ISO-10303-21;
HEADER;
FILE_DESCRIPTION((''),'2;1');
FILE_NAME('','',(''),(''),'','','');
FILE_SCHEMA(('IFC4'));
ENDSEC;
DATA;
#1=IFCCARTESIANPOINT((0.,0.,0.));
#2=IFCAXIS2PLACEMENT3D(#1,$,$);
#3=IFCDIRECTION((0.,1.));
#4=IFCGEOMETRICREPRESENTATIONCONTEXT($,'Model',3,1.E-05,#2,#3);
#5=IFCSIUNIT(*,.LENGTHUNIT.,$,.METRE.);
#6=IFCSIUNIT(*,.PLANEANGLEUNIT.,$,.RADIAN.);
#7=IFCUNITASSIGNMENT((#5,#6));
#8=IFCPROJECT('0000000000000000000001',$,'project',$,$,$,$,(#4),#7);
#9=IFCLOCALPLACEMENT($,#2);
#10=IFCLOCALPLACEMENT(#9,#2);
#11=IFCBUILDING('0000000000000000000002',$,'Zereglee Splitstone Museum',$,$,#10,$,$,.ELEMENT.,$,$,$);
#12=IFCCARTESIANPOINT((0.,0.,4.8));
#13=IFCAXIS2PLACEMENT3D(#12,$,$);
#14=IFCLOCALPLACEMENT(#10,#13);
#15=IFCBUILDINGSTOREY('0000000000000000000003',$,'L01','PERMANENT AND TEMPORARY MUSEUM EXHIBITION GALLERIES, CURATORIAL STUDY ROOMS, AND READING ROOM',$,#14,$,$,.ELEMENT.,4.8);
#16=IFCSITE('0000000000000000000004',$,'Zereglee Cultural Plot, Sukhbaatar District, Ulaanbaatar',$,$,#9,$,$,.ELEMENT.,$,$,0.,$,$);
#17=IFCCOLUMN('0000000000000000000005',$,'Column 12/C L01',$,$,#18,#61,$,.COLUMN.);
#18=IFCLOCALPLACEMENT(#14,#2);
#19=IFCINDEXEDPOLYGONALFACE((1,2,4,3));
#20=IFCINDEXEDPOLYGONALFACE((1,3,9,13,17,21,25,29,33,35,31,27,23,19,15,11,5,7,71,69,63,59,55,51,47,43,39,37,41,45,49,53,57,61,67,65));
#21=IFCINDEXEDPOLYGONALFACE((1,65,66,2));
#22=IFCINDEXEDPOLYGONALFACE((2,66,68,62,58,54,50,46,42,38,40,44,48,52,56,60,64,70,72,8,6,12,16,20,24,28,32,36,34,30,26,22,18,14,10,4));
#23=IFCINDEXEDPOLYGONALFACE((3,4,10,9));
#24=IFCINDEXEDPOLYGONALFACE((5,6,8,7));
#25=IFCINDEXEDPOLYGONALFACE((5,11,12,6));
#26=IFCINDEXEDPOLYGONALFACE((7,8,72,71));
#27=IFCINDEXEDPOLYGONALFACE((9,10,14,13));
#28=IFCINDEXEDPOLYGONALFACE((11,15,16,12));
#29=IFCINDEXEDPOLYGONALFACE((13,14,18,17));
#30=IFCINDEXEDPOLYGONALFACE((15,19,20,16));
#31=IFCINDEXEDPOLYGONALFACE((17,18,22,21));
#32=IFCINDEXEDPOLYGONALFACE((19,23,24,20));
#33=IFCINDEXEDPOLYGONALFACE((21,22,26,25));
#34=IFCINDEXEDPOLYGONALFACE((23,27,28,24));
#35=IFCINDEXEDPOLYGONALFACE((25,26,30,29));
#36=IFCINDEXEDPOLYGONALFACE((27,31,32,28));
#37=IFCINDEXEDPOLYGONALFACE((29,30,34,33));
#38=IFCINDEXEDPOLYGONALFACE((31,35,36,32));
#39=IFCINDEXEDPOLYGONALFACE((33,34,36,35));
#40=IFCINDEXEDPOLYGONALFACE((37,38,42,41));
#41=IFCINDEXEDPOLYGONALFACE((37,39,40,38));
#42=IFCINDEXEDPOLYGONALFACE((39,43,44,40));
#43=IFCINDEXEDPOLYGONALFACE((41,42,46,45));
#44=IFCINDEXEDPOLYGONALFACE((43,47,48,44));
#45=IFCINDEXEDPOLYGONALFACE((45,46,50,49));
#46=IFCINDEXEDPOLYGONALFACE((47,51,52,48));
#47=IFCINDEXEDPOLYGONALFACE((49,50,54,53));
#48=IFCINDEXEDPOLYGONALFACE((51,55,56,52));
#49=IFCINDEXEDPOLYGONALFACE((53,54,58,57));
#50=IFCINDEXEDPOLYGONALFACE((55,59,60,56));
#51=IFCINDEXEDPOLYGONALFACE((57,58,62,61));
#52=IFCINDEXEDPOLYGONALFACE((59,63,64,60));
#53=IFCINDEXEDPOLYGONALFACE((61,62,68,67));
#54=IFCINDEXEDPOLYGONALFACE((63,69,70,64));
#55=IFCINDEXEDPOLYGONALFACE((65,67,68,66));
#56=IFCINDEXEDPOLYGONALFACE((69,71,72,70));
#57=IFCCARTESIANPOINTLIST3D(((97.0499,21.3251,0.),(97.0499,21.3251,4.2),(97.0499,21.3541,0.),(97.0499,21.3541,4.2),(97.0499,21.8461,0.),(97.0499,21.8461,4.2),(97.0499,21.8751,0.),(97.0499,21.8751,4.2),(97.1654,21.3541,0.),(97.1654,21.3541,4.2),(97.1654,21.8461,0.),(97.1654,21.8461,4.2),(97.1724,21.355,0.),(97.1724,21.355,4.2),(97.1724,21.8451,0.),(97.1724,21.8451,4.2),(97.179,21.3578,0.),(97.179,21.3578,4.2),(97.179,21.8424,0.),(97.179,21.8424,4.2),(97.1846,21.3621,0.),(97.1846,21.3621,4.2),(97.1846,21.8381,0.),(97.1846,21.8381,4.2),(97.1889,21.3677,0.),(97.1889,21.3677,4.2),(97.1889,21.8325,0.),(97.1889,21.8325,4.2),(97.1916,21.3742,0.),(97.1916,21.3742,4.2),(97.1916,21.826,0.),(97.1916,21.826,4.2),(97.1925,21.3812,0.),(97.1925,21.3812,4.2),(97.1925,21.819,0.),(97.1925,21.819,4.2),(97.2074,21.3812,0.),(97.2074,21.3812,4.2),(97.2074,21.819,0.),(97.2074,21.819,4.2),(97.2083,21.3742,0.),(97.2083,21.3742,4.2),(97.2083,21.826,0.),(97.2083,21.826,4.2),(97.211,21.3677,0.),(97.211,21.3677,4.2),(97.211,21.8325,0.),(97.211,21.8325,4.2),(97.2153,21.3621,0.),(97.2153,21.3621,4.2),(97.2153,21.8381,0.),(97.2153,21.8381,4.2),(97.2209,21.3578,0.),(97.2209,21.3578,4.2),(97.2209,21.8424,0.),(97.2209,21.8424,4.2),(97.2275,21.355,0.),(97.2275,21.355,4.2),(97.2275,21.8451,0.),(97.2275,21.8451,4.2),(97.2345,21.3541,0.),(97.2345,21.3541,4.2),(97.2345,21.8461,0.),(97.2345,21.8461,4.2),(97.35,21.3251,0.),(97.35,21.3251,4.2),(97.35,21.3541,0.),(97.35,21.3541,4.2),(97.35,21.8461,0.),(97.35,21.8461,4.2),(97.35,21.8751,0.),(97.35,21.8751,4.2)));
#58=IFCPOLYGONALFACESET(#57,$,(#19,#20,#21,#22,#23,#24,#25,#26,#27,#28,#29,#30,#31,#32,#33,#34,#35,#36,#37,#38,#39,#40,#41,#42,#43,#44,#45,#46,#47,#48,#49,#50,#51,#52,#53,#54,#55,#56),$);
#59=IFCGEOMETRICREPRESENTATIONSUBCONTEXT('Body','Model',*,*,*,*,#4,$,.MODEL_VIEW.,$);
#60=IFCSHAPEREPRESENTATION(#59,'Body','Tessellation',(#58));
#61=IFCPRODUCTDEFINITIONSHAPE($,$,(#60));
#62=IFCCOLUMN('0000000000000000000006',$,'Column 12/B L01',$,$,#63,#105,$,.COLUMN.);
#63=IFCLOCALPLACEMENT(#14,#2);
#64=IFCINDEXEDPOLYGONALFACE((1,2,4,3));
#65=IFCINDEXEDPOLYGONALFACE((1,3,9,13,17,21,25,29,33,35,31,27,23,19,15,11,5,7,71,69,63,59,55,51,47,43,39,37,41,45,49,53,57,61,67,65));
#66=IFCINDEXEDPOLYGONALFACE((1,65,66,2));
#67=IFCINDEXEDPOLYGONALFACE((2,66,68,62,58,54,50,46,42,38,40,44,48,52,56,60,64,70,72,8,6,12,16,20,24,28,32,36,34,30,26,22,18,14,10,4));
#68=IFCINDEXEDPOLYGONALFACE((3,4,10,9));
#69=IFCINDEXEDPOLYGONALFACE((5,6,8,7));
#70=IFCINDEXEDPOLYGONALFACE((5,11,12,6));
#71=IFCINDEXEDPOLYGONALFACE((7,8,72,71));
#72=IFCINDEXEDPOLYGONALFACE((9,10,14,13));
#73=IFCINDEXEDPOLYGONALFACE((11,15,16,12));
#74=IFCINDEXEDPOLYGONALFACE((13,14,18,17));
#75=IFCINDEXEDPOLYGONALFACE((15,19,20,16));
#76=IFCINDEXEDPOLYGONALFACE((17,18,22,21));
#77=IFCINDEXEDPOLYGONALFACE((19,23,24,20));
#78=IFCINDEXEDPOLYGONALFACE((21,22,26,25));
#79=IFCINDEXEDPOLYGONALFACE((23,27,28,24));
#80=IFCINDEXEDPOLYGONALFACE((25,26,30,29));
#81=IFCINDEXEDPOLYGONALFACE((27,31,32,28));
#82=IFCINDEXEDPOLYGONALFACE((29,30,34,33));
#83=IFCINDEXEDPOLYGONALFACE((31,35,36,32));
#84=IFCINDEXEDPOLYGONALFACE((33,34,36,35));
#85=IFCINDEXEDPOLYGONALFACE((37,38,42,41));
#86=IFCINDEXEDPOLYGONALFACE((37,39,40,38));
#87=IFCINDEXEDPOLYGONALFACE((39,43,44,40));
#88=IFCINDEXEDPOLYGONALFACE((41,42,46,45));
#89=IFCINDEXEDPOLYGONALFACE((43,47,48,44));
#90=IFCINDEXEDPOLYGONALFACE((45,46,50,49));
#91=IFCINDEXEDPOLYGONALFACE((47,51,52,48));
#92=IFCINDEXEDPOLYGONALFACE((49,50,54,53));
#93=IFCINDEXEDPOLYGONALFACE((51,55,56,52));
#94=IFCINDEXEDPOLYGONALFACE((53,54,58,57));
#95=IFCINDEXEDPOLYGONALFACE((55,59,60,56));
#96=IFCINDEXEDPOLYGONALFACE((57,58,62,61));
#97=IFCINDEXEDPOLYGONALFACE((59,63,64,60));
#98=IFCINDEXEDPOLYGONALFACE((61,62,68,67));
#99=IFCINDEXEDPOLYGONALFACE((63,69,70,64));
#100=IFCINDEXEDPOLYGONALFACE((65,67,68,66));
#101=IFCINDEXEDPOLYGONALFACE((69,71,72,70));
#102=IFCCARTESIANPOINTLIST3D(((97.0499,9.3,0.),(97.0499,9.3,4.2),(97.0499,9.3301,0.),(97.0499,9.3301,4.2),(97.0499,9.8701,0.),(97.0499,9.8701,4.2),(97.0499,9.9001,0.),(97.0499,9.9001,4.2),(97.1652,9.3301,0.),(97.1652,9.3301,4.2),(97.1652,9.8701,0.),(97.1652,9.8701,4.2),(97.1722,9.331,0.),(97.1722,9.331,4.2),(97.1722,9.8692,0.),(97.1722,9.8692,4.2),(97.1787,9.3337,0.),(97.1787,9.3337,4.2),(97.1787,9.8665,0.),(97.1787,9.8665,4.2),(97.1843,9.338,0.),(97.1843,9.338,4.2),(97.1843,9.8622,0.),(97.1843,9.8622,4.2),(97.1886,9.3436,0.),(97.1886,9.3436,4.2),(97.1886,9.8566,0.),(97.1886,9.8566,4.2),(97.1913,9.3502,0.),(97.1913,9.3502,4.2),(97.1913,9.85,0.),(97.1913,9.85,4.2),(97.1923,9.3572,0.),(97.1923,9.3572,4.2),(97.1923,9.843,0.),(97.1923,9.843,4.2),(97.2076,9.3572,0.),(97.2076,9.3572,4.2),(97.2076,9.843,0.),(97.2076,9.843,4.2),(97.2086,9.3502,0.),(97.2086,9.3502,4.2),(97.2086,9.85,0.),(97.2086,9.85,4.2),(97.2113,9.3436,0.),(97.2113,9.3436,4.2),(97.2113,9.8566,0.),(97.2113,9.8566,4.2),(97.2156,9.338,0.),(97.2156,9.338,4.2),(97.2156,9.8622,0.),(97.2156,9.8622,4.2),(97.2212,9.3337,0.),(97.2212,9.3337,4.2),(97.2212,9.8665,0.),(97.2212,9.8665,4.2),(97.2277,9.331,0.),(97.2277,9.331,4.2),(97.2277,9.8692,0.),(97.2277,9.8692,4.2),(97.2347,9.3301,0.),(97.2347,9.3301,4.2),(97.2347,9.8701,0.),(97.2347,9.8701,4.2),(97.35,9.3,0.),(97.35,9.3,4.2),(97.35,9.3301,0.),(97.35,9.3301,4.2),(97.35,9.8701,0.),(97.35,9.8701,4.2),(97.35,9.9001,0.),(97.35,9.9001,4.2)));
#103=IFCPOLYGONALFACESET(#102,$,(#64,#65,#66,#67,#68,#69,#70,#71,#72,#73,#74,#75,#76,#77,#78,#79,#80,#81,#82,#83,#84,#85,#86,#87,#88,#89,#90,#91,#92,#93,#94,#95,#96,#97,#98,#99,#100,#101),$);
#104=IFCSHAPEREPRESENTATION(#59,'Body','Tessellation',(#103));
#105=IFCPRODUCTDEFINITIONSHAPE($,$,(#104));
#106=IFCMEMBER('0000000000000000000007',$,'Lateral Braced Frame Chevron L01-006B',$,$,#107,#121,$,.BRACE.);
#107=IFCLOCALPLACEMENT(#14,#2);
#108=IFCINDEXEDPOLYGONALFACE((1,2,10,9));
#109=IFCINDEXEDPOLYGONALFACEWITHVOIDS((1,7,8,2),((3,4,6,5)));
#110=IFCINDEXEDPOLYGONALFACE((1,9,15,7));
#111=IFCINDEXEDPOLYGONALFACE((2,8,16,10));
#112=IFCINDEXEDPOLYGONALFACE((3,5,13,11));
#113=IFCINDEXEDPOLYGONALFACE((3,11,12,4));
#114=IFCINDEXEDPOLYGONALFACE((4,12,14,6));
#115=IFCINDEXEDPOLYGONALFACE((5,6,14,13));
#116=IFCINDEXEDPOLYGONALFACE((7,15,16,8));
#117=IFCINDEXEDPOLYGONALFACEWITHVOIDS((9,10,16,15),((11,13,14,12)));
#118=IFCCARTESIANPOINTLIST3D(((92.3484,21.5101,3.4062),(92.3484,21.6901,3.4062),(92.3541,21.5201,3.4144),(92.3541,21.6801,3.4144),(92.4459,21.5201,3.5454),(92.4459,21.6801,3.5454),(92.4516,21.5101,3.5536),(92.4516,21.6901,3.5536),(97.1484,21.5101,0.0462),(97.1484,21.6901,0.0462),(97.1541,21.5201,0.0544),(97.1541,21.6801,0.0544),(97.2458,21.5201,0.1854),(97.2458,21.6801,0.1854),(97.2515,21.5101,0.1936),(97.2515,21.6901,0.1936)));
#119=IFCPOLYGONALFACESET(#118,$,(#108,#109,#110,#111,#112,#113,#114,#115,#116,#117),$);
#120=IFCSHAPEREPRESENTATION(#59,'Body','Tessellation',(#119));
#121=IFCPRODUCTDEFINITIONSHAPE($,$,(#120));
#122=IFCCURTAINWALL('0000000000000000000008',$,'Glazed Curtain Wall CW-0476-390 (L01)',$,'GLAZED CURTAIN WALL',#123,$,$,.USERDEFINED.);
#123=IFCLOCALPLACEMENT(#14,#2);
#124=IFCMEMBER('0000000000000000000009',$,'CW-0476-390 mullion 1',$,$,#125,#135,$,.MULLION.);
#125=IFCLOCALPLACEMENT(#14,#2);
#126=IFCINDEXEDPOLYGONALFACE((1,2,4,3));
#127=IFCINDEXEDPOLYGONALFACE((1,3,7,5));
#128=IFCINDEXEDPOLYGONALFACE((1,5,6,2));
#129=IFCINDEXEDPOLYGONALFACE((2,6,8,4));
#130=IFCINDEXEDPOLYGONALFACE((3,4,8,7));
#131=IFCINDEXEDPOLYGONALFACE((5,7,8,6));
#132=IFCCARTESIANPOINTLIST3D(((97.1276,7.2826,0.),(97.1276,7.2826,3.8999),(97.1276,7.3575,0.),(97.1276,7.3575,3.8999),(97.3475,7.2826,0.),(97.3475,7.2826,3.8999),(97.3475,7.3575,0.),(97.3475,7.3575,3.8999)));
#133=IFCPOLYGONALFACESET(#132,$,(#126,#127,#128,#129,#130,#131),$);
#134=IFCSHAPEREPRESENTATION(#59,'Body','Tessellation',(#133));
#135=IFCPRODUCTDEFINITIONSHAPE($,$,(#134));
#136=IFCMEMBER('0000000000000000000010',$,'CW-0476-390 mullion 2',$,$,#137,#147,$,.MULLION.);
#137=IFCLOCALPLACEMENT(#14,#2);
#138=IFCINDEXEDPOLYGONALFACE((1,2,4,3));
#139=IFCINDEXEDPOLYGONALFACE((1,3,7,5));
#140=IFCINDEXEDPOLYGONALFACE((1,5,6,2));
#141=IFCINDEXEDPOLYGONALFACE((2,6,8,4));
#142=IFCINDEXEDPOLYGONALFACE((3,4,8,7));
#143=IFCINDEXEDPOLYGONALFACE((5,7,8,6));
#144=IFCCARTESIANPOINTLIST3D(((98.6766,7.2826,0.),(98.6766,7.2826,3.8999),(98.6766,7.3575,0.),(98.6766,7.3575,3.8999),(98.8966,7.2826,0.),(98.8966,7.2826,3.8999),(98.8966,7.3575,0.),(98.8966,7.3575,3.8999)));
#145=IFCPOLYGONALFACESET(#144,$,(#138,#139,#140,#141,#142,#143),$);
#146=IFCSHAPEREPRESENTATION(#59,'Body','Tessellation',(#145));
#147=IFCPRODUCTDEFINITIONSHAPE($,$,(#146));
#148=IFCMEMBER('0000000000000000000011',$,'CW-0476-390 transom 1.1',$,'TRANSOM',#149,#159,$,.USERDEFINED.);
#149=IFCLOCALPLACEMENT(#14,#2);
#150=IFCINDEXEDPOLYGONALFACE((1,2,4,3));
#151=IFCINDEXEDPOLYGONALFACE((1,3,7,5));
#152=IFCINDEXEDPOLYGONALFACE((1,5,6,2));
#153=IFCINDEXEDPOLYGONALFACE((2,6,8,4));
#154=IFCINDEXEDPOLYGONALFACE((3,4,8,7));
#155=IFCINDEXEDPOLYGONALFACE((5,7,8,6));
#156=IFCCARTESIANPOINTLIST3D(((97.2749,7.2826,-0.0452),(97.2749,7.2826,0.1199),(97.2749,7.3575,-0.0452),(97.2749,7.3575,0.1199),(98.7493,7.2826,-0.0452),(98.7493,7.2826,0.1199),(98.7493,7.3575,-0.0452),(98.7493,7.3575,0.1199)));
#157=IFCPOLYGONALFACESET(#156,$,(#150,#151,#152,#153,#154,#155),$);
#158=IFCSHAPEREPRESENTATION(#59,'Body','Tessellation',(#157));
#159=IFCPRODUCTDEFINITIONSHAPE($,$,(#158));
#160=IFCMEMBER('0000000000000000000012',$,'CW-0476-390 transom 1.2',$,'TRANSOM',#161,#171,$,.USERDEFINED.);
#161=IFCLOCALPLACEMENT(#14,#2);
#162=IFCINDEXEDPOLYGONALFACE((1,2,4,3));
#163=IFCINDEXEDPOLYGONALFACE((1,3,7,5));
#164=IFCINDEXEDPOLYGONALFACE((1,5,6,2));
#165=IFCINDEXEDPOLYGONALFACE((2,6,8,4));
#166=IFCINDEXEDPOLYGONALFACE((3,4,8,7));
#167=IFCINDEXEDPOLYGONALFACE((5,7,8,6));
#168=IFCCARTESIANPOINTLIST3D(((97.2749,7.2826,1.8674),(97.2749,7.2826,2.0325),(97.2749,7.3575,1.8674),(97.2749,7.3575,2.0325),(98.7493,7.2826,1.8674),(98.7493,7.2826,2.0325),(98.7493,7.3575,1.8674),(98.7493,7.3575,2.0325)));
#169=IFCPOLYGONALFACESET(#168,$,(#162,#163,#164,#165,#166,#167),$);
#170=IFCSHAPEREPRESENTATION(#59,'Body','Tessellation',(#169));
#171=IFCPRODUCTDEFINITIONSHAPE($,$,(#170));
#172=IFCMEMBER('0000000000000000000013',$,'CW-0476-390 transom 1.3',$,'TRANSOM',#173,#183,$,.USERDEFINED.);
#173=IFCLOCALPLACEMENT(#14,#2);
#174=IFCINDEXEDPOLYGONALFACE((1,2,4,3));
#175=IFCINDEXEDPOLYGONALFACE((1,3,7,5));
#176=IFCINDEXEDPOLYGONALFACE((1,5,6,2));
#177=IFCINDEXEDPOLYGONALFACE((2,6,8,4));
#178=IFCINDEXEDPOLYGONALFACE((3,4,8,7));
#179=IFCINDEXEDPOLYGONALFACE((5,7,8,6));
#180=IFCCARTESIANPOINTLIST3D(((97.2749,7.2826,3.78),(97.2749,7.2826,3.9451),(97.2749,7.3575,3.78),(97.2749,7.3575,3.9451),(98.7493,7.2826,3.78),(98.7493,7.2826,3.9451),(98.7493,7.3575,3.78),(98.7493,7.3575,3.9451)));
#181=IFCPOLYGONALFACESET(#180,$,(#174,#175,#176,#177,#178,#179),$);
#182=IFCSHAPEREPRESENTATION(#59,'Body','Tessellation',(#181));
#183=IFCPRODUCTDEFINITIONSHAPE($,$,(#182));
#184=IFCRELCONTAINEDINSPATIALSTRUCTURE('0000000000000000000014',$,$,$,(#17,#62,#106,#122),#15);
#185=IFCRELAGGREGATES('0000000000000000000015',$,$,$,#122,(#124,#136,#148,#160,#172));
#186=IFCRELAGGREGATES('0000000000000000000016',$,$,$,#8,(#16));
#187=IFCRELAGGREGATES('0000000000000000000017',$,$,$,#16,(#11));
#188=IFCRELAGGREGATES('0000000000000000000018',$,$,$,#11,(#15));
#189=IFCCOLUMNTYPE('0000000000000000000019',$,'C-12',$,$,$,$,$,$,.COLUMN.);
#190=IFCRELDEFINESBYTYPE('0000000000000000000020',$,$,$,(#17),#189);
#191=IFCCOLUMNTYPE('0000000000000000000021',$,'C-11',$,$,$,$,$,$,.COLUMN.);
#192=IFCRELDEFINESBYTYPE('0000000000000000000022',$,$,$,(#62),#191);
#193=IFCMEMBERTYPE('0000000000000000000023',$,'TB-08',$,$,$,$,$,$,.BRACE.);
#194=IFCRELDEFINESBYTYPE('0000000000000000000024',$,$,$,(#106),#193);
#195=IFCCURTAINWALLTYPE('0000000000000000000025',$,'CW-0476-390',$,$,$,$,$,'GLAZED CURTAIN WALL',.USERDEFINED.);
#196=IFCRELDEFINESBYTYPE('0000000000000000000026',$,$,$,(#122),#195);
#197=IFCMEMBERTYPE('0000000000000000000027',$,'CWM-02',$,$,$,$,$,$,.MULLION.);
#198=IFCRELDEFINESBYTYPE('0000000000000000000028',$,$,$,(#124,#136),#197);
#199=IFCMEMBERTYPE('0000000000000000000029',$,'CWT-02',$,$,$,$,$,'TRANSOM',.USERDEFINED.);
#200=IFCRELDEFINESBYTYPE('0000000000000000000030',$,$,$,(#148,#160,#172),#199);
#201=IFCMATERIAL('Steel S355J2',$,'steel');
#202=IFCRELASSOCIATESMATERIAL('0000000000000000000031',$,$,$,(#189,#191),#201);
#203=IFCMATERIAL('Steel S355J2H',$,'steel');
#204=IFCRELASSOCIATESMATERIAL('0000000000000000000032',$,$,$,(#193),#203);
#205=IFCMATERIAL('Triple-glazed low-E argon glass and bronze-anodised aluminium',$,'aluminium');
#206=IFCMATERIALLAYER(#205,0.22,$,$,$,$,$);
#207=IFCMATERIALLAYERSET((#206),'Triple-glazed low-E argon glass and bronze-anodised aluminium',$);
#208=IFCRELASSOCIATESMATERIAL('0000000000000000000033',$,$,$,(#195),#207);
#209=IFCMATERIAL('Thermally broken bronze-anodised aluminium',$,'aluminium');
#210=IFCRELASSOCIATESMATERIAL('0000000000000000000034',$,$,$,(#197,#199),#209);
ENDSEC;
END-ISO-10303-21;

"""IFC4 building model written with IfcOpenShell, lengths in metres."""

from ifc_helpers import new_model, si_unit, direction, frame, origin, origin_2d, place, context, subcontext, project, spatial, rectangle, hollow_rectangle, i_section, extrude, material, layer, layer_set, material_profile, profile_set, type_object, element, aggregate, save


model = new_model("IFC4")

# Units and contexts
model_context = context("Model", 3, precision=1e-05, world=origin(), true_north=direction((0.0, 1.0)))
body_context = subcontext(model_context, "Body", "Model", "MODEL_VIEW")
ifc_project = project(units=[si_unit("LENGTHUNIT", "METRE"), si_unit("PLANEANGLEUNIT", "RADIAN")], contexts=[model_context])

# Site, building, storey
site_placement = place(None, origin())
site = spatial("IfcSite", under=ifc_project, at=site_placement, Name="Zereglee Cultural Plot, Sukhbaatar District, Ulaanbaatar", CompositionType="ELEMENT", RefElevation=0.0)
building_placement = place(site_placement, origin())
building = spatial("IfcBuilding", under=site, at=building_placement, Name="Zereglee Splitstone Museum", CompositionType="ELEMENT")
storey_placement = place(building_placement, frame((0.0, 0.0, 4.8)))
storey = spatial("IfcBuildingStorey", under=building, at=storey_placement, Name="L01", Description="PERMANENT AND TEMPORARY MUSEUM EXHIBITION GALLERIES, CURATORIAL STUDY ROOMS, AND READING ROOM", CompositionType="ELEMENT", Elevation=4.8)

# Columns
ifc_material_1 = material(Name="Steel S355J2", Category="steel")
ifc_material_profile_1 = material_profile(ifc_material_1, i_section(OverallWidth=0.3, OverallDepth=0.55, WebThickness=0.0149, FlangeThickness=0.0291, FilletRadius=0.0271, at=origin_2d()), Name="HE 550 B")
ifc_profile_set_1 = profile_set([ifc_material_profile_1], Name="Steel S355J2")
column_type_1 = type_object("IfcColumnType", Name="C-12", PredefinedType="COLUMN", material=ifc_profile_set_1)
column_1_placement = place(storey_placement, frame((97.2, 21.6001, 0.0), z_axis=(0.0, 0.0, 1.0), x_axis=(1.0, 0.0, 0.0)))
element("IfcColumn", 1, at=column_1_placement, inside=storey, type_object=column_type_1, Name="Column 12/C L01", PredefinedType="COLUMN", context=body_context, shape_type="SweptSolid", body=[
    extrude(i_section(OverallWidth=0.3, OverallDepth=0.55, WebThickness=0.0149, FlangeThickness=0.0291, FilletRadius=0.0271, at=origin_2d()), origin(), (0.0, 0.0, 1.0), 4.2),
])
ifc_material_profile_2 = material_profile(ifc_material_1, i_section(OverallWidth=0.3, OverallDepth=0.6001, WebThickness=0.0154, FlangeThickness=0.03, FilletRadius=0.0271, at=origin_2d()), Name="HE 600 B")
ifc_profile_set_2 = profile_set([ifc_material_profile_2], Name="Steel S355J2")
column_type_2 = type_object("IfcColumnType", Name="C-11", PredefinedType="COLUMN", material=ifc_profile_set_2)
column_2_placement = place(storey_placement, frame((97.2, 9.6001, 0.0), z_axis=(0.0, 0.0, 1.0), x_axis=(1.0, 0.0, 0.0)))
element("IfcColumn", 2, at=column_2_placement, inside=storey, type_object=column_type_2, Name="Column 12/B L01", PredefinedType="COLUMN", context=body_context, shape_type="SweptSolid", body=[
    extrude(i_section(OverallWidth=0.3, OverallDepth=0.6001, WebThickness=0.0154, FlangeThickness=0.03, FilletRadius=0.0271, at=origin_2d()), origin(), (0.0, 0.0, 1.0), 4.2),
])

# Member
ifc_material_2 = material(Name="Steel S355J2H", Category="steel")
ifc_material_profile_3 = material_profile(ifc_material_2, hollow_rectangle(XDim=0.1799, YDim=0.1799, WallThickness=0.01, at=origin_2d()), Name="SHS 180x180x10")
ifc_profile_set_3 = profile_set([ifc_material_profile_3], Name="Steel S355J2H")
member_type_1 = type_object("IfcMemberType", Name="TB-08", PredefinedType="BRACE", material=ifc_profile_set_3)
member_1_placement = place(storey_placement, frame((97.2, 21.6001, 0.1199), z_axis=(-0.819226, 0.0, 0.573471), x_axis=(0.0, -1.0, 0.0)))
element("IfcMember", 3, at=member_1_placement, inside=storey, type_object=member_type_1, Name="Lateral Braced Frame Chevron L01-006B", PredefinedType="BRACE", context=body_context, shape_type="SweptSolid", body=[
    extrude(hollow_rectangle(XDim=0.1799, YDim=0.1799, WallThickness=0.01, at=origin_2d()), origin(), (0.0, 0.0, 1.0), 5.8591),
])

# Curtain wall, members
ifc_material_3 = material(Name="Triple-glazed low-E argon glass and bronze-anodised aluminium", Category="aluminium")
ifc_layer_1 = layer(ifc_material_3, 0.22)
ifc_layer_set_1 = layer_set([ifc_layer_1], Name="Triple-glazed low-E argon glass and bronze-anodised aluminium")
curtain_wall_type = type_object("IfcCurtainWallType", Name="CW-0476-390", ElementType="GLAZED CURTAIN WALL", PredefinedType="USERDEFINED", material=ifc_layer_set_1)
curtain_wall_placement = place(storey_placement, origin())
curtain_wall = element("IfcCurtainWall", 4, at=curtain_wall_placement, inside=storey, type_object=curtain_wall_type, Name="Glazed Curtain Wall CW-0476-390 (L01)", ObjectType="GLAZED CURTAIN WALL", PredefinedType="USERDEFINED")
ifc_material_4 = material(Name="Thermally broken bronze-anodised aluminium", Category="aluminium")
ifc_material_profile_4 = material_profile(ifc_material_4, rectangle(XDim=0.075, YDim=0.22, at=origin_2d()), Name="CW MULL 75x220")
ifc_profile_set_4 = profile_set([ifc_material_profile_4], Name="Thermally broken bronze-anodised aluminium")
member_type_2 = type_object("IfcMemberType", Name="CWM-02", PredefinedType="MULLION", material=ifc_profile_set_4)
member_2_placement = place(storey_placement, frame((97.2375, 7.3201, 0.0), z_axis=(0.0, 0.0, 1.0), x_axis=(0.0, 1.0, 0.0)))
member_2 = element("IfcMember", 5, at=member_2_placement, type_object=member_type_2, Name="CW-0476-390 mullion 1", PredefinedType="MULLION", context=body_context, shape_type="SweptSolid", body=[
    extrude(rectangle(XDim=0.075, YDim=0.22, at=origin_2d()), origin(), (0.0, 0.0, 1.0), 3.8999),
])
member_3_placement = place(storey_placement, frame((98.7866, 7.3201, 0.0), z_axis=(0.0, 0.0, 1.0), x_axis=(0.0, 1.0, 0.0)))
member_3 = element("IfcMember", 6, at=member_3_placement, type_object=member_type_2, Name="CW-0476-390 mullion 2", PredefinedType="MULLION", context=body_context, shape_type="SweptSolid", body=[
    extrude(rectangle(XDim=0.075, YDim=0.22, at=origin_2d()), origin(), (0.0, 0.0, 1.0), 3.8999),
])
ifc_material_profile_5 = material_profile(ifc_material_4, rectangle(XDim=0.075, YDim=0.165, at=origin_2d()), Name="CW TRAN 75x165")
ifc_profile_set_5 = profile_set([ifc_material_profile_5], Name="Thermally broken bronze-anodised aluminium")
member_type_3 = type_object("IfcMemberType", Name="CWT-02", ElementType="TRANSOM", PredefinedType="USERDEFINED", material=ifc_profile_set_5)
member_4_placement = place(storey_placement, frame((97.2749, 7.3201, 0.0374), z_axis=(1.0, 0.0, 0.0), x_axis=(0.0, 1.0, 0.0)))
member_4 = element("IfcMember", 7, at=member_4_placement, type_object=member_type_3, Name="CW-0476-390 transom 1.1", ObjectType="TRANSOM", PredefinedType="USERDEFINED", context=body_context, shape_type="SweptSolid", body=[
    extrude(rectangle(XDim=0.075, YDim=0.165, at=origin_2d()), origin(), (0.0, 0.0, 1.0), 1.4744),
])
member_5_placement = place(storey_placement, frame((97.2749, 7.3201, 1.95), z_axis=(1.0, 0.0, 0.0), x_axis=(0.0, 1.0, 0.0)))
member_5 = element("IfcMember", 8, at=member_5_placement, type_object=member_type_3, Name="CW-0476-390 transom 1.2", ObjectType="TRANSOM", PredefinedType="USERDEFINED", context=body_context, shape_type="SweptSolid", body=[
    extrude(rectangle(XDim=0.075, YDim=0.165, at=origin_2d()), origin(), (0.0, 0.0, 1.0), 1.4744),
])
member_6_placement = place(storey_placement, frame((97.2749, 7.3201, 3.8625), z_axis=(1.0, 0.0, 0.0), x_axis=(0.0, 1.0, 0.0)))
member_6 = element("IfcMember", 9, at=member_6_placement, type_object=member_type_3, Name="CW-0476-390 transom 1.3", ObjectType="TRANSOM", PredefinedType="USERDEFINED", context=body_context, shape_type="SweptSolid", body=[
    extrude(rectangle(XDim=0.075, YDim=0.165, at=origin_2d()), origin(), (0.0, 0.0, 1.0), 1.4744),
])

aggregate(curtain_wall, [member_2, member_3, member_4, member_5, member_6])

save(model, "model.ifc")
